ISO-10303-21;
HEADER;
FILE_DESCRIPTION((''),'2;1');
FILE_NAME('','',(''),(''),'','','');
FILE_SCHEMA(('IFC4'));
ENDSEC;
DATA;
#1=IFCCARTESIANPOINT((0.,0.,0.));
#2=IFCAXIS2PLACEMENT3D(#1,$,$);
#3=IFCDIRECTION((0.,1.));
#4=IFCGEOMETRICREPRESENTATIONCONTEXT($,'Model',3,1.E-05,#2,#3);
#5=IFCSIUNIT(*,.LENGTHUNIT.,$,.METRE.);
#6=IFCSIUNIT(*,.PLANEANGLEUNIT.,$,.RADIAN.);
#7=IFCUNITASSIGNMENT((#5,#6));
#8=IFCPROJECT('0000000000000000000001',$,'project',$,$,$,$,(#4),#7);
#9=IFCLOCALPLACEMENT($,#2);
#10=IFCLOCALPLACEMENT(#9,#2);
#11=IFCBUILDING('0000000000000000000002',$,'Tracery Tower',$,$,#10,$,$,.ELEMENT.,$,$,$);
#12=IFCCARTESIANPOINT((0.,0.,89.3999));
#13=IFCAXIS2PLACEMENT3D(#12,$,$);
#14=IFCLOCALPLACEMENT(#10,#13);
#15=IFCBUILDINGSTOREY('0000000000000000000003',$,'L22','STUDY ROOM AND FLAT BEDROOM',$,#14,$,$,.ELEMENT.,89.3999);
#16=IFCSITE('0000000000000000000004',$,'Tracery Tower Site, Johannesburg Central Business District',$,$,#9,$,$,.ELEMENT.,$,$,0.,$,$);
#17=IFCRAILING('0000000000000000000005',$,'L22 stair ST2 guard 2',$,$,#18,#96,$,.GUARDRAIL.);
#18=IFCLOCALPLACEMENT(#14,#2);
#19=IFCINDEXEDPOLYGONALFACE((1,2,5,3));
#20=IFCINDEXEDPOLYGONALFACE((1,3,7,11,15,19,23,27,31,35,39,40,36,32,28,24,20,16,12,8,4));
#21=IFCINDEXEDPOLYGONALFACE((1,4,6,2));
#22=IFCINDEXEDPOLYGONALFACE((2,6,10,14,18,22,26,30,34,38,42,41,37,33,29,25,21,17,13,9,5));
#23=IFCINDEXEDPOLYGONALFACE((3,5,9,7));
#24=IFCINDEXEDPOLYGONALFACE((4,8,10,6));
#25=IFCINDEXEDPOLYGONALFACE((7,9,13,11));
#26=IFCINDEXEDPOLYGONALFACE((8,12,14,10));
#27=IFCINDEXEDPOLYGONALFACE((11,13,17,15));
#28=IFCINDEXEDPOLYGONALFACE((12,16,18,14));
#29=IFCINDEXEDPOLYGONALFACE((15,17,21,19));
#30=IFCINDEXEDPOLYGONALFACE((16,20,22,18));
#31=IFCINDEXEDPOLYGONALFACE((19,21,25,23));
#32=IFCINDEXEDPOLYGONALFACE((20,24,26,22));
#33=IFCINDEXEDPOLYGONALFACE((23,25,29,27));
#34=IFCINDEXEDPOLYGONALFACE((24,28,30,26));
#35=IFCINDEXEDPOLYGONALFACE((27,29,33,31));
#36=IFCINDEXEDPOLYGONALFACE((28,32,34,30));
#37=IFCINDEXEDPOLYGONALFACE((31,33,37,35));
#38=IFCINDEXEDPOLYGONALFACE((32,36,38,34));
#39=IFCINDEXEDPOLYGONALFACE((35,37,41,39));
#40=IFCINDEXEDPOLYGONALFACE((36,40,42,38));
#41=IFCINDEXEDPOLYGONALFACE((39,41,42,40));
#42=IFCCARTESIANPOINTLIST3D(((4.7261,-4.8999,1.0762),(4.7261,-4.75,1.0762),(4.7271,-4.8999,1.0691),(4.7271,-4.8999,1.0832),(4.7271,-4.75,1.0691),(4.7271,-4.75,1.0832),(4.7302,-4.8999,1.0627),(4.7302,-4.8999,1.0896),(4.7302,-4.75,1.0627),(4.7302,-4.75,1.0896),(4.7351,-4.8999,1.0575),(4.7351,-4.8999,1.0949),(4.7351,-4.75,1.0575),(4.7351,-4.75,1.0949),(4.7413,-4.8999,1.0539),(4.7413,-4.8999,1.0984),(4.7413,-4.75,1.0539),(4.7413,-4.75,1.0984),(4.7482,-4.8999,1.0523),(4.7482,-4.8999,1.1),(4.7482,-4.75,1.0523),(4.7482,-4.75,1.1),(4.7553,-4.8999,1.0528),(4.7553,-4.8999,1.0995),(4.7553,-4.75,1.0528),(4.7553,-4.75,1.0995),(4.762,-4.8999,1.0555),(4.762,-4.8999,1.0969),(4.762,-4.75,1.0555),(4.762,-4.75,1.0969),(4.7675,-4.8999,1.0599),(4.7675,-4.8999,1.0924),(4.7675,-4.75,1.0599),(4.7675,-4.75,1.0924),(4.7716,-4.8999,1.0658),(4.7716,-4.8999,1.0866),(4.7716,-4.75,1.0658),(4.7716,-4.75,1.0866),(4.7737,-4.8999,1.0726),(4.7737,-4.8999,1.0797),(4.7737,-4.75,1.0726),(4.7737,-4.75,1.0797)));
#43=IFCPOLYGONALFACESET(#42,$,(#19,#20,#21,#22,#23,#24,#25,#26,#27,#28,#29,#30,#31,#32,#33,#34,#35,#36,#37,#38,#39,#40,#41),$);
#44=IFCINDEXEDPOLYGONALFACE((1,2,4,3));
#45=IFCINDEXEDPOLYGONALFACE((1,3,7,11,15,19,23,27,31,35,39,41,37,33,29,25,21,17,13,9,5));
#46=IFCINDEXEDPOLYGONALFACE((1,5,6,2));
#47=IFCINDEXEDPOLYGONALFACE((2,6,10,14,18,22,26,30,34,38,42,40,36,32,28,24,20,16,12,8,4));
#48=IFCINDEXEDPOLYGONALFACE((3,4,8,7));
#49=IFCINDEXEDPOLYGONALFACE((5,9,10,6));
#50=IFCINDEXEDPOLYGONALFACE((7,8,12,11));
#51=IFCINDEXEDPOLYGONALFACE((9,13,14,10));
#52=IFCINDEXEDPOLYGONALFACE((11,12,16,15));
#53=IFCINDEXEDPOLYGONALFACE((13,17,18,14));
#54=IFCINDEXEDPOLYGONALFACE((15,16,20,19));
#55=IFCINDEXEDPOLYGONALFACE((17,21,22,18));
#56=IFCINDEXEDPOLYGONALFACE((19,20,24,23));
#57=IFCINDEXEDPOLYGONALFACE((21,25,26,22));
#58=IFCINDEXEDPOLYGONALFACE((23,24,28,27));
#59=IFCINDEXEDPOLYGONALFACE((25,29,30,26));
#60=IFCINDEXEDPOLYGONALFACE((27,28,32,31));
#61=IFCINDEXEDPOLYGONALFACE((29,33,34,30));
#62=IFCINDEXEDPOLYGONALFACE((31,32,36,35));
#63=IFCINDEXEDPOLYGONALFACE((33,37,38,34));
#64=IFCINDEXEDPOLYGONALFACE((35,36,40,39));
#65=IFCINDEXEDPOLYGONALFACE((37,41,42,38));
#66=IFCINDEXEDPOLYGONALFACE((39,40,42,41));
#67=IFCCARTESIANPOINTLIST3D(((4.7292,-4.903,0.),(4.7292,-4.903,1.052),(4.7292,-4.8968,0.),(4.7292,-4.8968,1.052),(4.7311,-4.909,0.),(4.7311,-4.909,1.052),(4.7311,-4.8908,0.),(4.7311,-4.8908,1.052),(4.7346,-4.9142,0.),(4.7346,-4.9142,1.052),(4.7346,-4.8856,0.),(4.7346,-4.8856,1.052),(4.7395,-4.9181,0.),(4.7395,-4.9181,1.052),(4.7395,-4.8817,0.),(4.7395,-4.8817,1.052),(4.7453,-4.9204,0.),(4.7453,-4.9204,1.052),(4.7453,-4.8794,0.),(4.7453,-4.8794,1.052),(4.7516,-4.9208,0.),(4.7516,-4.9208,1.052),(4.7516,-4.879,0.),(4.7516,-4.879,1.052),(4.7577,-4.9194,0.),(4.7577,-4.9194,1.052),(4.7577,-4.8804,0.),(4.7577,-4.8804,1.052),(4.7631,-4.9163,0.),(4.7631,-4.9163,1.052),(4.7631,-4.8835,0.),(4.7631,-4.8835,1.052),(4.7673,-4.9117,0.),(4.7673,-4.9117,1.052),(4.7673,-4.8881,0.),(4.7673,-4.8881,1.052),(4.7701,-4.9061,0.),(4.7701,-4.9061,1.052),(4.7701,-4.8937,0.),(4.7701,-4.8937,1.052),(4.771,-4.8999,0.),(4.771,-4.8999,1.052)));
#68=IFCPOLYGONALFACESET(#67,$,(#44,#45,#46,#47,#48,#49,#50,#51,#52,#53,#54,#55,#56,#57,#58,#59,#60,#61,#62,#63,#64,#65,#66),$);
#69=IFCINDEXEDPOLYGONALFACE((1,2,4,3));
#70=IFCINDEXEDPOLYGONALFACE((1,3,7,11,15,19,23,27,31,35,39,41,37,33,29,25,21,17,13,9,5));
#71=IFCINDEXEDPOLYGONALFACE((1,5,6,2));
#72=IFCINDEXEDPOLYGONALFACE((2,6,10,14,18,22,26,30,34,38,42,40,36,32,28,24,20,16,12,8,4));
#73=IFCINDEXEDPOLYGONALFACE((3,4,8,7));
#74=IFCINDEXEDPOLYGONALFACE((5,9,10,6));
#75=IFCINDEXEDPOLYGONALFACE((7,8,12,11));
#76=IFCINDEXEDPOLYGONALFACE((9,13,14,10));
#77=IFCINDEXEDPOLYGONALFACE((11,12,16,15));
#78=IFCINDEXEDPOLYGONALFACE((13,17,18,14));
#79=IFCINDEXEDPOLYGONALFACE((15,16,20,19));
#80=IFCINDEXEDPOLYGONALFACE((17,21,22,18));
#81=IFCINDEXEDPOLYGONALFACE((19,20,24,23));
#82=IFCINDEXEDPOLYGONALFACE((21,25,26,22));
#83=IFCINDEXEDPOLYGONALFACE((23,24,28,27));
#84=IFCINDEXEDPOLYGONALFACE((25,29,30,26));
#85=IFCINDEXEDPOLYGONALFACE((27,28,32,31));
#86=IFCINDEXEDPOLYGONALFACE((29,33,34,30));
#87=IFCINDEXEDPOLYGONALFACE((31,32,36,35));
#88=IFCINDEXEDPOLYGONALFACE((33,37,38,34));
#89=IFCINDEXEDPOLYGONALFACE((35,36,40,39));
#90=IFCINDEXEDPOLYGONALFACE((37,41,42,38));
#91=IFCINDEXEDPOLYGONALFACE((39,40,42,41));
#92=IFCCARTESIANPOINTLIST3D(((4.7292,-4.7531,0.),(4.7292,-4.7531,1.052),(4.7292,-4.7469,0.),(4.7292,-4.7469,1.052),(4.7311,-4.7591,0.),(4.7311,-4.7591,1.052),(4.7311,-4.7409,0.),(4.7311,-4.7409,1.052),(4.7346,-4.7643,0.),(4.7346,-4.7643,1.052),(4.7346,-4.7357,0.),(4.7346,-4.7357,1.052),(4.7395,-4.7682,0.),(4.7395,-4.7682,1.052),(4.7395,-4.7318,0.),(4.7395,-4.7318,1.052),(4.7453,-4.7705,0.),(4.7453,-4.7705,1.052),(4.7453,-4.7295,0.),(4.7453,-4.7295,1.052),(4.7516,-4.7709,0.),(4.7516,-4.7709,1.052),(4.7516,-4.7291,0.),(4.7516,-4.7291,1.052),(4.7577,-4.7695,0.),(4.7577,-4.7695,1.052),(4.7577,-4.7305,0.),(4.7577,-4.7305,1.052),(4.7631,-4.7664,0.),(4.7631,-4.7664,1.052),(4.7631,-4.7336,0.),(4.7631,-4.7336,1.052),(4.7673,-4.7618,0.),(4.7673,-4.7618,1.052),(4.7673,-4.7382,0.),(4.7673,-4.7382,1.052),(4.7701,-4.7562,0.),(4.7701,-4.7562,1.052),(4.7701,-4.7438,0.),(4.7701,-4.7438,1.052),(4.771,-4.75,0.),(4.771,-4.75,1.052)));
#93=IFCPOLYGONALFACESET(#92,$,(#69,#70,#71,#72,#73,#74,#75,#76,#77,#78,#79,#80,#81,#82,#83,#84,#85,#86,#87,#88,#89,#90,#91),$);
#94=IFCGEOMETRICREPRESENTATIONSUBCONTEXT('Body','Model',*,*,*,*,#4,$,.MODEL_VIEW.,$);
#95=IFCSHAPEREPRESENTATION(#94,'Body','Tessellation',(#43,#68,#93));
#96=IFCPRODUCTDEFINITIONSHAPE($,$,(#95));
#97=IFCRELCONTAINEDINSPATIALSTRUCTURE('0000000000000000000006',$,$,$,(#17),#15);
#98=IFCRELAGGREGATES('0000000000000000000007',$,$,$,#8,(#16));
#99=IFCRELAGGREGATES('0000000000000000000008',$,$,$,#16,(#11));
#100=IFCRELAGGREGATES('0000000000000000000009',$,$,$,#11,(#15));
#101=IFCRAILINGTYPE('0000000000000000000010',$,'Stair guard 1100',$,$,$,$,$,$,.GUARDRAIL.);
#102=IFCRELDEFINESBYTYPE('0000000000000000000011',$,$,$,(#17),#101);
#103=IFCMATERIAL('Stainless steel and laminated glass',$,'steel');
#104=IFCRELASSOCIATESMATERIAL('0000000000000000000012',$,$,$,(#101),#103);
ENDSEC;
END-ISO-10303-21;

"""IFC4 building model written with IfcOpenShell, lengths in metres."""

from ifc_helpers import new_model, si_unit, direction, frame, origin, origin_2d, place, context, subcontext, project, spatial, circle, extrude, material, type_object, element, save


model = new_model("IFC4")

# Units and contexts
model_context = context("Model", 3, precision=1e-05, world=origin(), true_north=direction((0.0, 1.0)))
body_context = subcontext(model_context, "Body", "Model", "MODEL_VIEW")
ifc_project = project(units=[si_unit("LENGTHUNIT", "METRE"), si_unit("PLANEANGLEUNIT", "RADIAN")], contexts=[model_context])

# Site, building, storey
site_placement = place(None, origin())
site = spatial("IfcSite", under=ifc_project, at=site_placement, Name="Tracery Tower Site, Johannesburg Central Business District", CompositionType="ELEMENT", RefElevation=0.0)
building_placement = place(site_placement, origin())
building = spatial("IfcBuilding", under=site, at=building_placement, Name="Tracery Tower", CompositionType="ELEMENT")
storey_placement = place(building_placement, frame((0.0, 0.0, 89.3999)))
storey = spatial("IfcBuildingStorey", under=building, at=storey_placement, Name="L22", Description="STUDY ROOM AND FLAT BEDROOM", CompositionType="ELEMENT", Elevation=89.3999)

# Railing
ifc_material_1 = material(Name="Stainless steel and laminated glass", Category="steel")
railing_type_1 = type_object("IfcRailingType", Name="Stair guard 1100", PredefinedType="GUARDRAIL", material=ifc_material_1)
railing_1_placement = place(storey_placement, frame((4.75, -4.8999, 0.0)))
element("IfcRailing", 1, at=railing_1_placement, inside=storey, type_object=railing_type_1, Name="L22 stair ST2 guard 2", PredefinedType="GUARDRAIL", context=body_context, shape_type="SweptSolid", body=[
    extrude(circle(Radius=0.0239, at=origin_2d()), frame((0.0, 0.0, 1.0762), z_axis=(0.0, 1.0, 0.0), x_axis=(-1.0, 0.0, 0.0)), (0.0, 0.0, 1.0), 0.1499),
    extrude(circle(Radius=0.021, at=origin_2d()), origin(), (0.0, 0.0, 1.0), 1.052),
    extrude(circle(Radius=0.021, at=origin_2d()), frame((0.0, 0.1499, 0.0)), (0.0, 0.0, 1.0), 1.052),
])

save(model, "model.ifc")
